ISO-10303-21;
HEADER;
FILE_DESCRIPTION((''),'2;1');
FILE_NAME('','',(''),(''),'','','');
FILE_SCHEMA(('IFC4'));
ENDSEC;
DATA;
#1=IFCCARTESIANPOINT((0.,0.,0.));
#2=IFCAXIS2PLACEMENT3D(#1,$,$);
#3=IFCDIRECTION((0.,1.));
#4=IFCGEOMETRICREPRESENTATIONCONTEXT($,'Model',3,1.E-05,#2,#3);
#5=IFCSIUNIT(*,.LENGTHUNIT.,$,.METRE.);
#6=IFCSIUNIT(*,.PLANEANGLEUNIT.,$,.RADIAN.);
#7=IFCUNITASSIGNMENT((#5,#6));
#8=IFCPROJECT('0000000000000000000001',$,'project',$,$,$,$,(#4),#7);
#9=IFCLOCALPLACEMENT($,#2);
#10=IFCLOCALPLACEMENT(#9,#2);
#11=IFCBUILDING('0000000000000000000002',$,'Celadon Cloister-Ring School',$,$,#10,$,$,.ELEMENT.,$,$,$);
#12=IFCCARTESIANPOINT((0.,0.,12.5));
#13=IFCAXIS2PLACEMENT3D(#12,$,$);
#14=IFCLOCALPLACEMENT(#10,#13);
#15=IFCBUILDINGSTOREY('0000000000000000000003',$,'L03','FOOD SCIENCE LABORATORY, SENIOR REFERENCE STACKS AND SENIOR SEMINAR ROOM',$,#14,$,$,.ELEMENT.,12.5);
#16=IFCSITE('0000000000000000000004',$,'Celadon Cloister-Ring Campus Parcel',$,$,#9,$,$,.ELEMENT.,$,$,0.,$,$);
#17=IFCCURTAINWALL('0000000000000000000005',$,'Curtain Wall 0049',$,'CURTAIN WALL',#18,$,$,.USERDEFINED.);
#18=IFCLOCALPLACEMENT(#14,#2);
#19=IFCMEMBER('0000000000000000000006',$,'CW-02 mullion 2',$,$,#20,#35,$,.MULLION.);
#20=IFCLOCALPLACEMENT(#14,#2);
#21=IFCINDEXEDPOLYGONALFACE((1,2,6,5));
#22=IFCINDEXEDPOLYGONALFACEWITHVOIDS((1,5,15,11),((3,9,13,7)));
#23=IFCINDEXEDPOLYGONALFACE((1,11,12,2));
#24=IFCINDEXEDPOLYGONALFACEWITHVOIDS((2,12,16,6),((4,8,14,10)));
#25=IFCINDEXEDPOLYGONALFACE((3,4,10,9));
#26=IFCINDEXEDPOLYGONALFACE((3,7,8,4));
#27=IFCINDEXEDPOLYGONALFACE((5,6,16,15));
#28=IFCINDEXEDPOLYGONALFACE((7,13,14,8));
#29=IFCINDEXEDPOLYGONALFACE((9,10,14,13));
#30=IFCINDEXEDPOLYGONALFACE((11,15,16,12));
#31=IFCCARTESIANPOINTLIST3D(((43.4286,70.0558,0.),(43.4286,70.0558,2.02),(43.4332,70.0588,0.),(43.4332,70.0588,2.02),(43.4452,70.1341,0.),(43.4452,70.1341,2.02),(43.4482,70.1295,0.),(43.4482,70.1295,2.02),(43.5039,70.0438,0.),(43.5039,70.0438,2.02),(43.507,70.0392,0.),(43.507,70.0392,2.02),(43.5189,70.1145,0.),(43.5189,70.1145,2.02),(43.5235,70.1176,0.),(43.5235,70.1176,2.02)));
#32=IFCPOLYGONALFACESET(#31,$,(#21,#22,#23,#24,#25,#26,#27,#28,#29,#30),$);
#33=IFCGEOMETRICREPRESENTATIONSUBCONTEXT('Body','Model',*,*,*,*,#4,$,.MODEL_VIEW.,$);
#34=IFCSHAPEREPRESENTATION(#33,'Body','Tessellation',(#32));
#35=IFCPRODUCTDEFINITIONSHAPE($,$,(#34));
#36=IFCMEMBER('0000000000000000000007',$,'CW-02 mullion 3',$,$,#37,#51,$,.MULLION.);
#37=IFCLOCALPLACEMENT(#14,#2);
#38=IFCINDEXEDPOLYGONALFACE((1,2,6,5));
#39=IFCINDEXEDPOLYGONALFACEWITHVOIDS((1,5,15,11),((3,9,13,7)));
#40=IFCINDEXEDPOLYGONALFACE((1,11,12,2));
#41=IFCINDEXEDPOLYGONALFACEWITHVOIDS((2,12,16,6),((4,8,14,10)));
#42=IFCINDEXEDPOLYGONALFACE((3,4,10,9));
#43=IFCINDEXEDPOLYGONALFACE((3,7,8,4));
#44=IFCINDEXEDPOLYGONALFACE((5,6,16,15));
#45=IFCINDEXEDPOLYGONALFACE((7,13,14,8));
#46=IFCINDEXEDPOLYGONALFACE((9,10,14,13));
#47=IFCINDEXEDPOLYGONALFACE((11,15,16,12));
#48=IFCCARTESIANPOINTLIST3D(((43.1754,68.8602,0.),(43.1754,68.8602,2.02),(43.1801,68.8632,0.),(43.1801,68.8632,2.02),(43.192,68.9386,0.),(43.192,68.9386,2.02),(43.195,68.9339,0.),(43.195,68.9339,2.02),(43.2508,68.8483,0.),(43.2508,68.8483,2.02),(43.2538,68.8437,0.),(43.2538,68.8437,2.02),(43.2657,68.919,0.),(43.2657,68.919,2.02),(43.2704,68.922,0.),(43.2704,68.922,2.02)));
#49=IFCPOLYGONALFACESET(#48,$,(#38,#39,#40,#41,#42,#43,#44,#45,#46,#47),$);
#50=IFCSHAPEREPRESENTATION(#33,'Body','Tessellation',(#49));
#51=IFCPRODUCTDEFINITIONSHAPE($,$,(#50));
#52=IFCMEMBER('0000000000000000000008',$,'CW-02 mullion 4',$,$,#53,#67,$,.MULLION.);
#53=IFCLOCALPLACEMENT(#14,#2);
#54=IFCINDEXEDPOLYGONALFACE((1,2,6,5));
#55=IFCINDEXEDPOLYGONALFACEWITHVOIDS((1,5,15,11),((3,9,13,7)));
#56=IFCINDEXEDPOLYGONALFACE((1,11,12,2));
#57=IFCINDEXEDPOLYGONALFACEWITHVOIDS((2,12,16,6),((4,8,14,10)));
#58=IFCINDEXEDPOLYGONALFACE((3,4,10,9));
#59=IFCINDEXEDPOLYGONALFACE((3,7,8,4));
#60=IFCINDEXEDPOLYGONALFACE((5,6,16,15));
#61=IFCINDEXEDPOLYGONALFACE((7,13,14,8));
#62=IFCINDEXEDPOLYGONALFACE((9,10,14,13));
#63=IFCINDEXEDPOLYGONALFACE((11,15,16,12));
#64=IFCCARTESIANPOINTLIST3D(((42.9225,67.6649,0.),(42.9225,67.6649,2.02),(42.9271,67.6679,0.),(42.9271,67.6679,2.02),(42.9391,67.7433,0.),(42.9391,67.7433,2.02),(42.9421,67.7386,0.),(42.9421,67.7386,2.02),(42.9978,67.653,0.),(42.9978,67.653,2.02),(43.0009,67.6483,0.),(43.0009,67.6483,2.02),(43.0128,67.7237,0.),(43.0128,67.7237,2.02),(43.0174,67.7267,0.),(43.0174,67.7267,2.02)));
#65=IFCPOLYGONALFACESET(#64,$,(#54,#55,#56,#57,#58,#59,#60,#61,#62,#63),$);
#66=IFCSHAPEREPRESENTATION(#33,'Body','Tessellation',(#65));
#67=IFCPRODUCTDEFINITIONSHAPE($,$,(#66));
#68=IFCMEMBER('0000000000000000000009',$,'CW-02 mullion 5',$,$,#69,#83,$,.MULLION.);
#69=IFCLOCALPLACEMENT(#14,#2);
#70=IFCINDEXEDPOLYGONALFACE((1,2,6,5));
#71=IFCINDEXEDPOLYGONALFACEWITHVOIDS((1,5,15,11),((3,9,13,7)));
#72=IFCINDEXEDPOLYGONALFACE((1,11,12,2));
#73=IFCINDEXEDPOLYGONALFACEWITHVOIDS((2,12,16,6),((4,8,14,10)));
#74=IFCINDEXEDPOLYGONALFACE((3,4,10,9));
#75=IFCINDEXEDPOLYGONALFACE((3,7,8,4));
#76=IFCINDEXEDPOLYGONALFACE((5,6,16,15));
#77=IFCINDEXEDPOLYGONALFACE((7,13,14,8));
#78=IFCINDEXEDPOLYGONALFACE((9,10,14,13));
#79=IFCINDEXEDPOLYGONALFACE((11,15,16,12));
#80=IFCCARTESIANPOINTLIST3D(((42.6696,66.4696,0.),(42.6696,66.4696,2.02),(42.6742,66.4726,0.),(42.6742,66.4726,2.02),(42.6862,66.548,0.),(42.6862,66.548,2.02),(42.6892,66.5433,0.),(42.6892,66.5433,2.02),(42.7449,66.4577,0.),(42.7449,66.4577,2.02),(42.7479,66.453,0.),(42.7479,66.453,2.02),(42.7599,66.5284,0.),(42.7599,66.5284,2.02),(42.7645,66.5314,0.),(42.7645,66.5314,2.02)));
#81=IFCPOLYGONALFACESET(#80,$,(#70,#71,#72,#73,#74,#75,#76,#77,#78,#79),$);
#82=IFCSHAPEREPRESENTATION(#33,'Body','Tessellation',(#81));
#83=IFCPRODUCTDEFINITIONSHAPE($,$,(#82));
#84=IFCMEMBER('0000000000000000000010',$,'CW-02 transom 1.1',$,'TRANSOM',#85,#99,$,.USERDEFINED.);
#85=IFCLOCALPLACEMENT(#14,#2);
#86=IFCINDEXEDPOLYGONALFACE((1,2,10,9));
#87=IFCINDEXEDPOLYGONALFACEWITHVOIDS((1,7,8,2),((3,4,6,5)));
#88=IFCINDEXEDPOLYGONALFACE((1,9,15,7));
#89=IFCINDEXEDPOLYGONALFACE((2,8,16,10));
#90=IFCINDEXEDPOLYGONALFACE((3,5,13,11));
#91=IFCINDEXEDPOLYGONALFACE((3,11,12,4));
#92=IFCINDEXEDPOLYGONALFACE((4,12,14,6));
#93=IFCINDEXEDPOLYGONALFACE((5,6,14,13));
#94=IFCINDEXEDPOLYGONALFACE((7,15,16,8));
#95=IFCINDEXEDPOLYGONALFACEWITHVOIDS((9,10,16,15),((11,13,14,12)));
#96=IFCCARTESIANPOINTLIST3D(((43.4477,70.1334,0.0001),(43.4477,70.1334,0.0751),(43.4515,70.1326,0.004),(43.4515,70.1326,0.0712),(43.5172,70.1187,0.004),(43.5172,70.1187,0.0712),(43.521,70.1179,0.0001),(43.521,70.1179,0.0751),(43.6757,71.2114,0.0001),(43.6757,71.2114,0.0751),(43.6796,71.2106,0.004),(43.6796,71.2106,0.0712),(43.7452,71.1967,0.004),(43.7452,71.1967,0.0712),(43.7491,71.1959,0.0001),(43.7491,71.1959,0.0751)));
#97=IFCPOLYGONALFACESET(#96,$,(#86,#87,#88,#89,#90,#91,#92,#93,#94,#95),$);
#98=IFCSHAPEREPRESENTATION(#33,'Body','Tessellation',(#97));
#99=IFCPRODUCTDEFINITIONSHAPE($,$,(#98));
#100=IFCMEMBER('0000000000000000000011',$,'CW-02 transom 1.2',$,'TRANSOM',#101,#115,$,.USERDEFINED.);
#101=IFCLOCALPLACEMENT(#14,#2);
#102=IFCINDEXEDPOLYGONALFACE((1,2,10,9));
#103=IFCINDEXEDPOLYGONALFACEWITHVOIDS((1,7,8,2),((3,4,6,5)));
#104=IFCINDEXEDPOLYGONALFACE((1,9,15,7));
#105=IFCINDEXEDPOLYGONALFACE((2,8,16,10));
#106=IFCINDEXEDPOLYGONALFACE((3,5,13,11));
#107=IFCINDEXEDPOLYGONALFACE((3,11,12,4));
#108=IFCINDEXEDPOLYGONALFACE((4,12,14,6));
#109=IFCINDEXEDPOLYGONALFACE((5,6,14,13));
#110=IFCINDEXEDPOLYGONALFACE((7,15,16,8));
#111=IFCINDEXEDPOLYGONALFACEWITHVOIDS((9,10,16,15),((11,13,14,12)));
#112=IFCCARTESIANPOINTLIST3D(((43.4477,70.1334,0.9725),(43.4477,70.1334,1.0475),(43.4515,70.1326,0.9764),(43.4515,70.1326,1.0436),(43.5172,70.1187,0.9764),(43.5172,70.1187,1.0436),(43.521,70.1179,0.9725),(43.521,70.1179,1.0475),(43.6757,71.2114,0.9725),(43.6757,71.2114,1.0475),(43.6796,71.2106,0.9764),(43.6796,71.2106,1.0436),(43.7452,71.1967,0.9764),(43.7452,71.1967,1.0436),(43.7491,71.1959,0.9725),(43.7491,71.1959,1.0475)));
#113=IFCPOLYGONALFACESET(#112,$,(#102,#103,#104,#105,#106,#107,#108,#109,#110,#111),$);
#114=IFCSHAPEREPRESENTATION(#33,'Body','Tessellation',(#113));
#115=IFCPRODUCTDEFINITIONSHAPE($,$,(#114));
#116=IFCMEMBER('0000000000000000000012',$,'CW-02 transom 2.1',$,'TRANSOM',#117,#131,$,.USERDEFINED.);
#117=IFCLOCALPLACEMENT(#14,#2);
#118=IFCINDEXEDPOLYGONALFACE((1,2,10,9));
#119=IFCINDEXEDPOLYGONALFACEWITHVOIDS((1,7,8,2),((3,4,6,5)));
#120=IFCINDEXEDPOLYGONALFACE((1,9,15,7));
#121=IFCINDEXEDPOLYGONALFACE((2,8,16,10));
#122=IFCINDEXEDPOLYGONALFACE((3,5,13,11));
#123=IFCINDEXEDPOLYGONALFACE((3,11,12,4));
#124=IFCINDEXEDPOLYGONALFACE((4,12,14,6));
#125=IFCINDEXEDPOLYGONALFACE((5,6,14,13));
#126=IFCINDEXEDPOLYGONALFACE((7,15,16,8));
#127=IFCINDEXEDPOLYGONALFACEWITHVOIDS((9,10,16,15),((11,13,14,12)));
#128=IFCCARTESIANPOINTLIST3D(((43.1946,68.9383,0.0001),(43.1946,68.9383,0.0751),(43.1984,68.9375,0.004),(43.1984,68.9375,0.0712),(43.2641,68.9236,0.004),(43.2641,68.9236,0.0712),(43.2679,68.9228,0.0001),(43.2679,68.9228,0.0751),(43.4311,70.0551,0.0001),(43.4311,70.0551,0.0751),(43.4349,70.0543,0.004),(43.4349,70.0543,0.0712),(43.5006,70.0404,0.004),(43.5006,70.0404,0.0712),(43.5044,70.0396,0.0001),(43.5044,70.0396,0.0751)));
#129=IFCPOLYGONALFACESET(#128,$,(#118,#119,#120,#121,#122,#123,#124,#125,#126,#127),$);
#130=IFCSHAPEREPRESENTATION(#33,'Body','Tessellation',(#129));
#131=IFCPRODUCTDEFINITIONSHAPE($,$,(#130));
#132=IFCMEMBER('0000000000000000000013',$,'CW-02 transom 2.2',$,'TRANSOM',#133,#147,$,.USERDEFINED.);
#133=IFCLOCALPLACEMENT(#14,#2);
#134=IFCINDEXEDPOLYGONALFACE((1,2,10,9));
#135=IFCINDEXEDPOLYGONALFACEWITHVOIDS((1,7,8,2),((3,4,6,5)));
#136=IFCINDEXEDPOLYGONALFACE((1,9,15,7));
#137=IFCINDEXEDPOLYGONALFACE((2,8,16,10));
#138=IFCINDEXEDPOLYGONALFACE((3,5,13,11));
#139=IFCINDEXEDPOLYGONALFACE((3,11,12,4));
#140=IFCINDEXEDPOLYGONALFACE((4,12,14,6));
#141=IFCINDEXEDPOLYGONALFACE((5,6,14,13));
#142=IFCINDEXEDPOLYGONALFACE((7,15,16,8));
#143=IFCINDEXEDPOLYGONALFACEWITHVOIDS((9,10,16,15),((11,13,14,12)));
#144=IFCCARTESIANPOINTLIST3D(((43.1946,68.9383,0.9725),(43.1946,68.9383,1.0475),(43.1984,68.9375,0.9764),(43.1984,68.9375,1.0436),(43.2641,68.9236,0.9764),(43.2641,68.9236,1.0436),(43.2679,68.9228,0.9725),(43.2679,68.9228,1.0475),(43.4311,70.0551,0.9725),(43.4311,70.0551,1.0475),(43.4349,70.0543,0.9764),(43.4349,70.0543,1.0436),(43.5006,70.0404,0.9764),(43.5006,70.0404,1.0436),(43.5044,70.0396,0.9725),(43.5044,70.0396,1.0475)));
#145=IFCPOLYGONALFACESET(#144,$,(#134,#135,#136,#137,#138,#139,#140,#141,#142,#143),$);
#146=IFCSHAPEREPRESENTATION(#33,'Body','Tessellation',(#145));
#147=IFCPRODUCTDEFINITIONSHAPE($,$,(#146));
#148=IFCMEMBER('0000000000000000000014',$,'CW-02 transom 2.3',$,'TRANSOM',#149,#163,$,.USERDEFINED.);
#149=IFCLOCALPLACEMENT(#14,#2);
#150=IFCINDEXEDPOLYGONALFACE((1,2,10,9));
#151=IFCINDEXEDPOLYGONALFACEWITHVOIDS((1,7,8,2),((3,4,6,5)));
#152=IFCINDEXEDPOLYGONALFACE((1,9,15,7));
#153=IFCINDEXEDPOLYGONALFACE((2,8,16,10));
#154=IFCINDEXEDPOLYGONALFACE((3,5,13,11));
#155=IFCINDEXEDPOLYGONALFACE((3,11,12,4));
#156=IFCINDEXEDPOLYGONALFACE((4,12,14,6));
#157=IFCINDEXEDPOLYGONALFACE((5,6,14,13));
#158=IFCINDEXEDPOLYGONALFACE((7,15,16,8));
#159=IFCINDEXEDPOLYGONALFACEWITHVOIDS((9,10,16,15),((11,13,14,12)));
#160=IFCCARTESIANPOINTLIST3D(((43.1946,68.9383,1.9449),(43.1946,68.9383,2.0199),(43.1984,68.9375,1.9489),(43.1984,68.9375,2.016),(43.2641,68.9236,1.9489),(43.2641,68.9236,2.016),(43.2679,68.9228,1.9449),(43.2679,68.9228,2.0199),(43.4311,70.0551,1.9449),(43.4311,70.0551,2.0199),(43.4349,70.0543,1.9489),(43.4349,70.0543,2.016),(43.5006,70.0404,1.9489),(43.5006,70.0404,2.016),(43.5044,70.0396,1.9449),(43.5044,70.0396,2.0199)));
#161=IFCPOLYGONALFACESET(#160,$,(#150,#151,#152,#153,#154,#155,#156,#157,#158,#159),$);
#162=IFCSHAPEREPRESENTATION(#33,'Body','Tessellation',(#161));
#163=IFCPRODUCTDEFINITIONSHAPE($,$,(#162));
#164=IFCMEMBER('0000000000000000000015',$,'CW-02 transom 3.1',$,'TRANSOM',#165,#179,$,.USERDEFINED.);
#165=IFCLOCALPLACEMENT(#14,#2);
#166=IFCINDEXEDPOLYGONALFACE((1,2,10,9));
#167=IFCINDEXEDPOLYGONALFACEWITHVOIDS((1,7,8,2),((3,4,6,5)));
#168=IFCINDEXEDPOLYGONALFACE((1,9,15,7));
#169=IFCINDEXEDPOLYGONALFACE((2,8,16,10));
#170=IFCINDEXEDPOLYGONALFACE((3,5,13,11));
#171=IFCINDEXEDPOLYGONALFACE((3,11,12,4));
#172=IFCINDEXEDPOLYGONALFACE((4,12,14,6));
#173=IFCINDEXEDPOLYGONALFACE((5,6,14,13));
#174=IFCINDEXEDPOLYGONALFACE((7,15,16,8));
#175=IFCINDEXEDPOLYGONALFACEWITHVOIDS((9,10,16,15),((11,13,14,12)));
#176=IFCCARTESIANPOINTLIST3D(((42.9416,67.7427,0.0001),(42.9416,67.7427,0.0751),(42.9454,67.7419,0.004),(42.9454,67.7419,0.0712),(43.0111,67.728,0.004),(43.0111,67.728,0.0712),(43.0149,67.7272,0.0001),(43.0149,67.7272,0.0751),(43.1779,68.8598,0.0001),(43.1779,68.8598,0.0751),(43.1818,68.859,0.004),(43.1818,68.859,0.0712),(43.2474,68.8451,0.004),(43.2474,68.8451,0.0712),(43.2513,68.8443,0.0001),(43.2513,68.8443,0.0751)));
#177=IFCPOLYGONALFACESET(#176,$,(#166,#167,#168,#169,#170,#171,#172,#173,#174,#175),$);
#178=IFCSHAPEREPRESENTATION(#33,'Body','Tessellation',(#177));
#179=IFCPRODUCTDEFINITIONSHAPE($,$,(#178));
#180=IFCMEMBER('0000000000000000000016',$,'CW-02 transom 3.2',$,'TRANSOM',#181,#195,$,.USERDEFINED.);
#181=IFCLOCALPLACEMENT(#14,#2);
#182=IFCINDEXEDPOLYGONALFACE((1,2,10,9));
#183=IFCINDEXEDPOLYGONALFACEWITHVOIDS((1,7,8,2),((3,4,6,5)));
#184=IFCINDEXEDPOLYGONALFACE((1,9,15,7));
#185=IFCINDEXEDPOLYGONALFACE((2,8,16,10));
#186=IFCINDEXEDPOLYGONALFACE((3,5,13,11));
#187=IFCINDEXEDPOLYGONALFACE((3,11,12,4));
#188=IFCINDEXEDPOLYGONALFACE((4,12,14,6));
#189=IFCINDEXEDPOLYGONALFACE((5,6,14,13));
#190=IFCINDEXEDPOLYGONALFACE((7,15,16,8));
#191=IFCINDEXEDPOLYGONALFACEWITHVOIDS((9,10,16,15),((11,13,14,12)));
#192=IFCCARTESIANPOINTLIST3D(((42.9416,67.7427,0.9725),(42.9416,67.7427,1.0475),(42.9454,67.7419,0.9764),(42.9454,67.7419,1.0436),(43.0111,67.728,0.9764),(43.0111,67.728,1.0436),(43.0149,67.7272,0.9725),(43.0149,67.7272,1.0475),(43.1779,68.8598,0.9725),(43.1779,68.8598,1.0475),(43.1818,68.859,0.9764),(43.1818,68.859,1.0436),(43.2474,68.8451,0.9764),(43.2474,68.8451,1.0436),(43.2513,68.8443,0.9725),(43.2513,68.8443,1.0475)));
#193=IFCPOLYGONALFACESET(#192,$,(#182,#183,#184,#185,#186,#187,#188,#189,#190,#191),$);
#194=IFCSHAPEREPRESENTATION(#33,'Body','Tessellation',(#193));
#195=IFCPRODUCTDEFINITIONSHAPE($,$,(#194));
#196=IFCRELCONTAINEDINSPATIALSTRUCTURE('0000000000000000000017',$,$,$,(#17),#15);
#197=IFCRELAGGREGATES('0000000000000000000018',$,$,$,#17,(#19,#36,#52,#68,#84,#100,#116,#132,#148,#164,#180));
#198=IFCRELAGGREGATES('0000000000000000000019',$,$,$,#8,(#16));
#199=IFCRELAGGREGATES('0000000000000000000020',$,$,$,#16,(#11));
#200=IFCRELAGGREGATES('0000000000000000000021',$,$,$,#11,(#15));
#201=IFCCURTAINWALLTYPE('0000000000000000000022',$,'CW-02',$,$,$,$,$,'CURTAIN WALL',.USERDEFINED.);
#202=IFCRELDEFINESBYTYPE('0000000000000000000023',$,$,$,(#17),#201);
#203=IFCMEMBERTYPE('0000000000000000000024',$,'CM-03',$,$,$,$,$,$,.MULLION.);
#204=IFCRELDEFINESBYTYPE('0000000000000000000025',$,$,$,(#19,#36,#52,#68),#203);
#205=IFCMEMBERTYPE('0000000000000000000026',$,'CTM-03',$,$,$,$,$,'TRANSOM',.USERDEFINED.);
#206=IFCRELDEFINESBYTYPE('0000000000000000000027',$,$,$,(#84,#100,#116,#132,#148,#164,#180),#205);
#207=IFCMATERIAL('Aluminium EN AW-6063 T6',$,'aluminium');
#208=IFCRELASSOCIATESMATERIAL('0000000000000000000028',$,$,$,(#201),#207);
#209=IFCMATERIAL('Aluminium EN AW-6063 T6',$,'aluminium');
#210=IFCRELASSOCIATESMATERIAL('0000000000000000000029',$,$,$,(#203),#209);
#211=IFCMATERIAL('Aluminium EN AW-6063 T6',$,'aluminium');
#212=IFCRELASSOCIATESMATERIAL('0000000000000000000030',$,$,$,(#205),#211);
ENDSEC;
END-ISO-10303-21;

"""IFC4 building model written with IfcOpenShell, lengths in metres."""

from ifc_helpers import new_model, si_unit, direction, frame, origin, origin_2d, place, context, subcontext, project, spatial, hollow_rectangle, extrude, material, material_profile, profile_set, type_object, element, aggregate, save


model = new_model("IFC4")

# Units and contexts
model_context = context("Model", 3, precision=1e-05, world=origin(), true_north=direction((0.0, 1.0)))
body_context = subcontext(model_context, "Body", "Model", "MODEL_VIEW")
ifc_project = project(units=[si_unit("LENGTHUNIT", "METRE"), si_unit("PLANEANGLEUNIT", "RADIAN")], contexts=[model_context])

# Site, building, storey
site_placement = place(None, origin())
site = spatial("IfcSite", under=ifc_project, at=site_placement, Name="Celadon Cloister-Ring Campus Parcel", CompositionType="ELEMENT", RefElevation=0.0)
building_placement = place(site_placement, origin())
building = spatial("IfcBuilding", under=site, at=building_placement, Name="Celadon Cloister-Ring School", CompositionType="ELEMENT")
storey_placement = place(building_placement, frame((0.0, 0.0, 12.5)))
storey = spatial("IfcBuildingStorey", under=building, at=storey_placement, Name="L03", Description="FOOD SCIENCE LABORATORY, SENIOR REFERENCE STACKS AND SENIOR SEMINAR ROOM", CompositionType="ELEMENT", Elevation=12.5)

# Curtain wall, members
ifc_material_1 = material(Name="Aluminium EN AW-6063 T6", Category="aluminium")
curtain_wall_type = type_object("IfcCurtainWallType", Name="CW-02", ElementType="CURTAIN WALL", PredefinedType="USERDEFINED", material=ifc_material_1)
curtain_wall_placement = place(storey_placement, origin())
curtain_wall = element("IfcCurtainWall", 1, at=curtain_wall_placement, inside=storey, type_object=curtain_wall_type, Name="Curtain Wall 0049", ObjectType="CURTAIN WALL", PredefinedType="USERDEFINED")
ifc_material_2 = material(Name="Aluminium EN AW-6063 T6", Category="aluminium")
ifc_material_profile_1 = material_profile(ifc_material_2, hollow_rectangle(XDim=0.0801, YDim=0.0801, WallThickness=0.0039, at=origin_2d()), Name="RHS80X80X4")
ifc_profile_set_1 = profile_set([ifc_material_profile_1], Name="Aluminium EN AW-6063 T6")
member_type_1 = type_object("IfcMemberType", Name="CM-03", PredefinedType="MULLION", material=ifc_profile_set_1)
member_1_placement = place(storey_placement, frame((43.4761, 70.0867, 0.0), z_axis=(0.0, 0.0, 1.0), x_axis=(0.978329, -0.207058, 0.0)))
member_1 = element("IfcMember", 2, at=member_1_placement, type_object=member_type_1, Name="CW-02 mullion 2", PredefinedType="MULLION", context=body_context, shape_type="SweptSolid", body=[
    extrude(hollow_rectangle(XDim=0.0801, YDim=0.0801, WallThickness=0.0039, at=origin_2d()), origin(), (0.0, 0.0, 1.0), 2.02),
])
member_2_placement = place(storey_placement, frame((43.2229, 68.8911, 0.0), z_axis=(0.0, 0.0, 1.0), x_axis=(0.978329, -0.207058, 0.0)))
member_2 = element("IfcMember", 3, at=member_2_placement, type_object=member_type_1, Name="CW-02 mullion 3", PredefinedType="MULLION", context=body_context, shape_type="SweptSolid", body=[
    extrude(hollow_rectangle(XDim=0.0801, YDim=0.0801, WallThickness=0.0039, at=origin_2d()), origin(), (0.0, 0.0, 1.0), 2.02),
])
member_3_placement = place(storey_placement, frame((42.97, 67.6958, 0.0), z_axis=(0.0, 0.0, 1.0), x_axis=(0.978329, -0.207058, 0.0)))
member_3 = element("IfcMember", 4, at=member_3_placement, type_object=member_type_1, Name="CW-02 mullion 4", PredefinedType="MULLION", context=body_context, shape_type="SweptSolid", body=[
    extrude(hollow_rectangle(XDim=0.0801, YDim=0.0801, WallThickness=0.0039, at=origin_2d()), origin(), (0.0, 0.0, 1.0), 2.02),
])
member_4_placement = place(storey_placement, frame((42.717, 66.5005, 0.0), z_axis=(0.0, 0.0, 1.0), x_axis=(0.978329, -0.207058, 0.0)))
member_4 = element("IfcMember", 5, at=member_4_placement, type_object=member_type_1, Name="CW-02 mullion 5", PredefinedType="MULLION", context=body_context, shape_type="SweptSolid", body=[
    extrude(hollow_rectangle(XDim=0.0801, YDim=0.0801, WallThickness=0.0039, at=origin_2d()), origin(), (0.0, 0.0, 1.0), 2.02),
])
ifc_material_3 = material(Name="Aluminium EN AW-6063 T6", Category="aluminium")
ifc_material_profile_2 = material_profile(ifc_material_3, hollow_rectangle(XDim=0.075, YDim=0.075, WallThickness=0.0039, at=origin_2d()), Name="RHS75X75X4")
ifc_profile_set_2 = profile_set([ifc_material_profile_2], Name="Aluminium EN AW-6063 T6")
member_type_2 = type_object("IfcMemberType", Name="CTM-03", ElementType="TRANSOM", PredefinedType="USERDEFINED", material=ifc_profile_set_2)
member_5_placement = place(storey_placement, frame((43.7124, 71.2036, 0.0376), z_axis=(-0.206971, -0.978347, 0.0), x_axis=(0.978347, -0.206971, 0.0)))
member_5 = element("IfcMember", 6, at=member_5_placement, type_object=member_type_2, Name="CW-02 transom 1.1", ObjectType="TRANSOM", PredefinedType="USERDEFINED", context=body_context, shape_type="SweptSolid", body=[
    extrude(hollow_rectangle(XDim=0.075, YDim=0.075, WallThickness=0.0039, at=origin_2d()), origin(), (0.0, 0.0, 1.0), 1.1018),
])
member_6_placement = place(storey_placement, frame((43.7124, 71.2036, 1.01), z_axis=(-0.206971, -0.978347, 0.0), x_axis=(0.978347, -0.206971, 0.0)))
member_6 = element("IfcMember", 7, at=member_6_placement, type_object=member_type_2, Name="CW-02 transom 1.2", ObjectType="TRANSOM", PredefinedType="USERDEFINED", context=body_context, shape_type="SweptSolid", body=[
    extrude(hollow_rectangle(XDim=0.075, YDim=0.075, WallThickness=0.0039, at=origin_2d()), origin(), (0.0, 0.0, 1.0), 1.1018),
])
member_7_placement = place(storey_placement, frame((43.4678, 70.0474, 0.0376), z_axis=(-0.207207, -0.978297, 0.0), x_axis=(0.978297, -0.207207, 0.0)))
member_7 = element("IfcMember", 8, at=member_7_placement, type_object=member_type_2, Name="CW-02 transom 2.1", ObjectType="TRANSOM", PredefinedType="USERDEFINED", context=body_context, shape_type="SweptSolid", body=[
    extrude(hollow_rectangle(XDim=0.075, YDim=0.075, WallThickness=0.0039, at=origin_2d()), origin(), (0.0, 0.0, 1.0), 1.1416),
])
member_8_placement = place(storey_placement, frame((43.4678, 70.0474, 1.01), z_axis=(-0.207207, -0.978297, 0.0), x_axis=(0.978297, -0.207207, 0.0)))
member_8 = element("IfcMember", 9, at=member_8_placement, type_object=member_type_2, Name="CW-02 transom 2.2", ObjectType="TRANSOM", PredefinedType="USERDEFINED", context=body_context, shape_type="SweptSolid", body=[
    extrude(hollow_rectangle(XDim=0.075, YDim=0.075, WallThickness=0.0039, at=origin_2d()), origin(), (0.0, 0.0, 1.0), 1.1416),
])
member_9_placement = place(storey_placement, frame((43.4678, 70.0474, 1.9824), z_axis=(-0.207207, -0.978297, 0.0), x_axis=(0.978297, -0.207207, 0.0)))
member_9 = element("IfcMember", 10, at=member_9_placement, type_object=member_type_2, Name="CW-02 transom 2.3", ObjectType="TRANSOM", PredefinedType="USERDEFINED", context=body_context, shape_type="SweptSolid", body=[
    extrude(hollow_rectangle(XDim=0.075, YDim=0.075, WallThickness=0.0039, at=origin_2d()), origin(), (0.0, 0.0, 1.0), 1.1416),
])
member_10_placement = place(storey_placement, frame((43.2146, 68.8521, 0.0376), z_axis=(-0.206959, -0.97835, 0.0), x_axis=(0.97835, -0.206959, 0.0)))
member_10 = element("IfcMember", 11, at=member_10_placement, type_object=member_type_2, Name="CW-02 transom 3.1", ObjectType="TRANSOM", PredefinedType="USERDEFINED", context=body_context, shape_type="SweptSolid", body=[
    extrude(hollow_rectangle(XDim=0.075, YDim=0.075, WallThickness=0.0039, at=origin_2d()), origin(), (0.0, 0.0, 1.0), 1.1418),
])
member_11_placement = place(storey_placement, frame((43.2146, 68.8521, 1.01), z_axis=(-0.206959, -0.97835, 0.0), x_axis=(0.97835, -0.206959, 0.0)))
member_11 = element("IfcMember", 12, at=member_11_placement, type_object=member_type_2, Name="CW-02 transom 3.2", ObjectType="TRANSOM", PredefinedType="USERDEFINED", context=body_context, shape_type="SweptSolid", body=[
    extrude(hollow_rectangle(XDim=0.075, YDim=0.075, WallThickness=0.0039, at=origin_2d()), origin(), (0.0, 0.0, 1.0), 1.1418),
])

aggregate(curtain_wall, [member_1, member_2, member_3, member_4, member_5, member_6, member_7, member_8, member_9, member_10, member_11])

save(model, "model.ifc")
